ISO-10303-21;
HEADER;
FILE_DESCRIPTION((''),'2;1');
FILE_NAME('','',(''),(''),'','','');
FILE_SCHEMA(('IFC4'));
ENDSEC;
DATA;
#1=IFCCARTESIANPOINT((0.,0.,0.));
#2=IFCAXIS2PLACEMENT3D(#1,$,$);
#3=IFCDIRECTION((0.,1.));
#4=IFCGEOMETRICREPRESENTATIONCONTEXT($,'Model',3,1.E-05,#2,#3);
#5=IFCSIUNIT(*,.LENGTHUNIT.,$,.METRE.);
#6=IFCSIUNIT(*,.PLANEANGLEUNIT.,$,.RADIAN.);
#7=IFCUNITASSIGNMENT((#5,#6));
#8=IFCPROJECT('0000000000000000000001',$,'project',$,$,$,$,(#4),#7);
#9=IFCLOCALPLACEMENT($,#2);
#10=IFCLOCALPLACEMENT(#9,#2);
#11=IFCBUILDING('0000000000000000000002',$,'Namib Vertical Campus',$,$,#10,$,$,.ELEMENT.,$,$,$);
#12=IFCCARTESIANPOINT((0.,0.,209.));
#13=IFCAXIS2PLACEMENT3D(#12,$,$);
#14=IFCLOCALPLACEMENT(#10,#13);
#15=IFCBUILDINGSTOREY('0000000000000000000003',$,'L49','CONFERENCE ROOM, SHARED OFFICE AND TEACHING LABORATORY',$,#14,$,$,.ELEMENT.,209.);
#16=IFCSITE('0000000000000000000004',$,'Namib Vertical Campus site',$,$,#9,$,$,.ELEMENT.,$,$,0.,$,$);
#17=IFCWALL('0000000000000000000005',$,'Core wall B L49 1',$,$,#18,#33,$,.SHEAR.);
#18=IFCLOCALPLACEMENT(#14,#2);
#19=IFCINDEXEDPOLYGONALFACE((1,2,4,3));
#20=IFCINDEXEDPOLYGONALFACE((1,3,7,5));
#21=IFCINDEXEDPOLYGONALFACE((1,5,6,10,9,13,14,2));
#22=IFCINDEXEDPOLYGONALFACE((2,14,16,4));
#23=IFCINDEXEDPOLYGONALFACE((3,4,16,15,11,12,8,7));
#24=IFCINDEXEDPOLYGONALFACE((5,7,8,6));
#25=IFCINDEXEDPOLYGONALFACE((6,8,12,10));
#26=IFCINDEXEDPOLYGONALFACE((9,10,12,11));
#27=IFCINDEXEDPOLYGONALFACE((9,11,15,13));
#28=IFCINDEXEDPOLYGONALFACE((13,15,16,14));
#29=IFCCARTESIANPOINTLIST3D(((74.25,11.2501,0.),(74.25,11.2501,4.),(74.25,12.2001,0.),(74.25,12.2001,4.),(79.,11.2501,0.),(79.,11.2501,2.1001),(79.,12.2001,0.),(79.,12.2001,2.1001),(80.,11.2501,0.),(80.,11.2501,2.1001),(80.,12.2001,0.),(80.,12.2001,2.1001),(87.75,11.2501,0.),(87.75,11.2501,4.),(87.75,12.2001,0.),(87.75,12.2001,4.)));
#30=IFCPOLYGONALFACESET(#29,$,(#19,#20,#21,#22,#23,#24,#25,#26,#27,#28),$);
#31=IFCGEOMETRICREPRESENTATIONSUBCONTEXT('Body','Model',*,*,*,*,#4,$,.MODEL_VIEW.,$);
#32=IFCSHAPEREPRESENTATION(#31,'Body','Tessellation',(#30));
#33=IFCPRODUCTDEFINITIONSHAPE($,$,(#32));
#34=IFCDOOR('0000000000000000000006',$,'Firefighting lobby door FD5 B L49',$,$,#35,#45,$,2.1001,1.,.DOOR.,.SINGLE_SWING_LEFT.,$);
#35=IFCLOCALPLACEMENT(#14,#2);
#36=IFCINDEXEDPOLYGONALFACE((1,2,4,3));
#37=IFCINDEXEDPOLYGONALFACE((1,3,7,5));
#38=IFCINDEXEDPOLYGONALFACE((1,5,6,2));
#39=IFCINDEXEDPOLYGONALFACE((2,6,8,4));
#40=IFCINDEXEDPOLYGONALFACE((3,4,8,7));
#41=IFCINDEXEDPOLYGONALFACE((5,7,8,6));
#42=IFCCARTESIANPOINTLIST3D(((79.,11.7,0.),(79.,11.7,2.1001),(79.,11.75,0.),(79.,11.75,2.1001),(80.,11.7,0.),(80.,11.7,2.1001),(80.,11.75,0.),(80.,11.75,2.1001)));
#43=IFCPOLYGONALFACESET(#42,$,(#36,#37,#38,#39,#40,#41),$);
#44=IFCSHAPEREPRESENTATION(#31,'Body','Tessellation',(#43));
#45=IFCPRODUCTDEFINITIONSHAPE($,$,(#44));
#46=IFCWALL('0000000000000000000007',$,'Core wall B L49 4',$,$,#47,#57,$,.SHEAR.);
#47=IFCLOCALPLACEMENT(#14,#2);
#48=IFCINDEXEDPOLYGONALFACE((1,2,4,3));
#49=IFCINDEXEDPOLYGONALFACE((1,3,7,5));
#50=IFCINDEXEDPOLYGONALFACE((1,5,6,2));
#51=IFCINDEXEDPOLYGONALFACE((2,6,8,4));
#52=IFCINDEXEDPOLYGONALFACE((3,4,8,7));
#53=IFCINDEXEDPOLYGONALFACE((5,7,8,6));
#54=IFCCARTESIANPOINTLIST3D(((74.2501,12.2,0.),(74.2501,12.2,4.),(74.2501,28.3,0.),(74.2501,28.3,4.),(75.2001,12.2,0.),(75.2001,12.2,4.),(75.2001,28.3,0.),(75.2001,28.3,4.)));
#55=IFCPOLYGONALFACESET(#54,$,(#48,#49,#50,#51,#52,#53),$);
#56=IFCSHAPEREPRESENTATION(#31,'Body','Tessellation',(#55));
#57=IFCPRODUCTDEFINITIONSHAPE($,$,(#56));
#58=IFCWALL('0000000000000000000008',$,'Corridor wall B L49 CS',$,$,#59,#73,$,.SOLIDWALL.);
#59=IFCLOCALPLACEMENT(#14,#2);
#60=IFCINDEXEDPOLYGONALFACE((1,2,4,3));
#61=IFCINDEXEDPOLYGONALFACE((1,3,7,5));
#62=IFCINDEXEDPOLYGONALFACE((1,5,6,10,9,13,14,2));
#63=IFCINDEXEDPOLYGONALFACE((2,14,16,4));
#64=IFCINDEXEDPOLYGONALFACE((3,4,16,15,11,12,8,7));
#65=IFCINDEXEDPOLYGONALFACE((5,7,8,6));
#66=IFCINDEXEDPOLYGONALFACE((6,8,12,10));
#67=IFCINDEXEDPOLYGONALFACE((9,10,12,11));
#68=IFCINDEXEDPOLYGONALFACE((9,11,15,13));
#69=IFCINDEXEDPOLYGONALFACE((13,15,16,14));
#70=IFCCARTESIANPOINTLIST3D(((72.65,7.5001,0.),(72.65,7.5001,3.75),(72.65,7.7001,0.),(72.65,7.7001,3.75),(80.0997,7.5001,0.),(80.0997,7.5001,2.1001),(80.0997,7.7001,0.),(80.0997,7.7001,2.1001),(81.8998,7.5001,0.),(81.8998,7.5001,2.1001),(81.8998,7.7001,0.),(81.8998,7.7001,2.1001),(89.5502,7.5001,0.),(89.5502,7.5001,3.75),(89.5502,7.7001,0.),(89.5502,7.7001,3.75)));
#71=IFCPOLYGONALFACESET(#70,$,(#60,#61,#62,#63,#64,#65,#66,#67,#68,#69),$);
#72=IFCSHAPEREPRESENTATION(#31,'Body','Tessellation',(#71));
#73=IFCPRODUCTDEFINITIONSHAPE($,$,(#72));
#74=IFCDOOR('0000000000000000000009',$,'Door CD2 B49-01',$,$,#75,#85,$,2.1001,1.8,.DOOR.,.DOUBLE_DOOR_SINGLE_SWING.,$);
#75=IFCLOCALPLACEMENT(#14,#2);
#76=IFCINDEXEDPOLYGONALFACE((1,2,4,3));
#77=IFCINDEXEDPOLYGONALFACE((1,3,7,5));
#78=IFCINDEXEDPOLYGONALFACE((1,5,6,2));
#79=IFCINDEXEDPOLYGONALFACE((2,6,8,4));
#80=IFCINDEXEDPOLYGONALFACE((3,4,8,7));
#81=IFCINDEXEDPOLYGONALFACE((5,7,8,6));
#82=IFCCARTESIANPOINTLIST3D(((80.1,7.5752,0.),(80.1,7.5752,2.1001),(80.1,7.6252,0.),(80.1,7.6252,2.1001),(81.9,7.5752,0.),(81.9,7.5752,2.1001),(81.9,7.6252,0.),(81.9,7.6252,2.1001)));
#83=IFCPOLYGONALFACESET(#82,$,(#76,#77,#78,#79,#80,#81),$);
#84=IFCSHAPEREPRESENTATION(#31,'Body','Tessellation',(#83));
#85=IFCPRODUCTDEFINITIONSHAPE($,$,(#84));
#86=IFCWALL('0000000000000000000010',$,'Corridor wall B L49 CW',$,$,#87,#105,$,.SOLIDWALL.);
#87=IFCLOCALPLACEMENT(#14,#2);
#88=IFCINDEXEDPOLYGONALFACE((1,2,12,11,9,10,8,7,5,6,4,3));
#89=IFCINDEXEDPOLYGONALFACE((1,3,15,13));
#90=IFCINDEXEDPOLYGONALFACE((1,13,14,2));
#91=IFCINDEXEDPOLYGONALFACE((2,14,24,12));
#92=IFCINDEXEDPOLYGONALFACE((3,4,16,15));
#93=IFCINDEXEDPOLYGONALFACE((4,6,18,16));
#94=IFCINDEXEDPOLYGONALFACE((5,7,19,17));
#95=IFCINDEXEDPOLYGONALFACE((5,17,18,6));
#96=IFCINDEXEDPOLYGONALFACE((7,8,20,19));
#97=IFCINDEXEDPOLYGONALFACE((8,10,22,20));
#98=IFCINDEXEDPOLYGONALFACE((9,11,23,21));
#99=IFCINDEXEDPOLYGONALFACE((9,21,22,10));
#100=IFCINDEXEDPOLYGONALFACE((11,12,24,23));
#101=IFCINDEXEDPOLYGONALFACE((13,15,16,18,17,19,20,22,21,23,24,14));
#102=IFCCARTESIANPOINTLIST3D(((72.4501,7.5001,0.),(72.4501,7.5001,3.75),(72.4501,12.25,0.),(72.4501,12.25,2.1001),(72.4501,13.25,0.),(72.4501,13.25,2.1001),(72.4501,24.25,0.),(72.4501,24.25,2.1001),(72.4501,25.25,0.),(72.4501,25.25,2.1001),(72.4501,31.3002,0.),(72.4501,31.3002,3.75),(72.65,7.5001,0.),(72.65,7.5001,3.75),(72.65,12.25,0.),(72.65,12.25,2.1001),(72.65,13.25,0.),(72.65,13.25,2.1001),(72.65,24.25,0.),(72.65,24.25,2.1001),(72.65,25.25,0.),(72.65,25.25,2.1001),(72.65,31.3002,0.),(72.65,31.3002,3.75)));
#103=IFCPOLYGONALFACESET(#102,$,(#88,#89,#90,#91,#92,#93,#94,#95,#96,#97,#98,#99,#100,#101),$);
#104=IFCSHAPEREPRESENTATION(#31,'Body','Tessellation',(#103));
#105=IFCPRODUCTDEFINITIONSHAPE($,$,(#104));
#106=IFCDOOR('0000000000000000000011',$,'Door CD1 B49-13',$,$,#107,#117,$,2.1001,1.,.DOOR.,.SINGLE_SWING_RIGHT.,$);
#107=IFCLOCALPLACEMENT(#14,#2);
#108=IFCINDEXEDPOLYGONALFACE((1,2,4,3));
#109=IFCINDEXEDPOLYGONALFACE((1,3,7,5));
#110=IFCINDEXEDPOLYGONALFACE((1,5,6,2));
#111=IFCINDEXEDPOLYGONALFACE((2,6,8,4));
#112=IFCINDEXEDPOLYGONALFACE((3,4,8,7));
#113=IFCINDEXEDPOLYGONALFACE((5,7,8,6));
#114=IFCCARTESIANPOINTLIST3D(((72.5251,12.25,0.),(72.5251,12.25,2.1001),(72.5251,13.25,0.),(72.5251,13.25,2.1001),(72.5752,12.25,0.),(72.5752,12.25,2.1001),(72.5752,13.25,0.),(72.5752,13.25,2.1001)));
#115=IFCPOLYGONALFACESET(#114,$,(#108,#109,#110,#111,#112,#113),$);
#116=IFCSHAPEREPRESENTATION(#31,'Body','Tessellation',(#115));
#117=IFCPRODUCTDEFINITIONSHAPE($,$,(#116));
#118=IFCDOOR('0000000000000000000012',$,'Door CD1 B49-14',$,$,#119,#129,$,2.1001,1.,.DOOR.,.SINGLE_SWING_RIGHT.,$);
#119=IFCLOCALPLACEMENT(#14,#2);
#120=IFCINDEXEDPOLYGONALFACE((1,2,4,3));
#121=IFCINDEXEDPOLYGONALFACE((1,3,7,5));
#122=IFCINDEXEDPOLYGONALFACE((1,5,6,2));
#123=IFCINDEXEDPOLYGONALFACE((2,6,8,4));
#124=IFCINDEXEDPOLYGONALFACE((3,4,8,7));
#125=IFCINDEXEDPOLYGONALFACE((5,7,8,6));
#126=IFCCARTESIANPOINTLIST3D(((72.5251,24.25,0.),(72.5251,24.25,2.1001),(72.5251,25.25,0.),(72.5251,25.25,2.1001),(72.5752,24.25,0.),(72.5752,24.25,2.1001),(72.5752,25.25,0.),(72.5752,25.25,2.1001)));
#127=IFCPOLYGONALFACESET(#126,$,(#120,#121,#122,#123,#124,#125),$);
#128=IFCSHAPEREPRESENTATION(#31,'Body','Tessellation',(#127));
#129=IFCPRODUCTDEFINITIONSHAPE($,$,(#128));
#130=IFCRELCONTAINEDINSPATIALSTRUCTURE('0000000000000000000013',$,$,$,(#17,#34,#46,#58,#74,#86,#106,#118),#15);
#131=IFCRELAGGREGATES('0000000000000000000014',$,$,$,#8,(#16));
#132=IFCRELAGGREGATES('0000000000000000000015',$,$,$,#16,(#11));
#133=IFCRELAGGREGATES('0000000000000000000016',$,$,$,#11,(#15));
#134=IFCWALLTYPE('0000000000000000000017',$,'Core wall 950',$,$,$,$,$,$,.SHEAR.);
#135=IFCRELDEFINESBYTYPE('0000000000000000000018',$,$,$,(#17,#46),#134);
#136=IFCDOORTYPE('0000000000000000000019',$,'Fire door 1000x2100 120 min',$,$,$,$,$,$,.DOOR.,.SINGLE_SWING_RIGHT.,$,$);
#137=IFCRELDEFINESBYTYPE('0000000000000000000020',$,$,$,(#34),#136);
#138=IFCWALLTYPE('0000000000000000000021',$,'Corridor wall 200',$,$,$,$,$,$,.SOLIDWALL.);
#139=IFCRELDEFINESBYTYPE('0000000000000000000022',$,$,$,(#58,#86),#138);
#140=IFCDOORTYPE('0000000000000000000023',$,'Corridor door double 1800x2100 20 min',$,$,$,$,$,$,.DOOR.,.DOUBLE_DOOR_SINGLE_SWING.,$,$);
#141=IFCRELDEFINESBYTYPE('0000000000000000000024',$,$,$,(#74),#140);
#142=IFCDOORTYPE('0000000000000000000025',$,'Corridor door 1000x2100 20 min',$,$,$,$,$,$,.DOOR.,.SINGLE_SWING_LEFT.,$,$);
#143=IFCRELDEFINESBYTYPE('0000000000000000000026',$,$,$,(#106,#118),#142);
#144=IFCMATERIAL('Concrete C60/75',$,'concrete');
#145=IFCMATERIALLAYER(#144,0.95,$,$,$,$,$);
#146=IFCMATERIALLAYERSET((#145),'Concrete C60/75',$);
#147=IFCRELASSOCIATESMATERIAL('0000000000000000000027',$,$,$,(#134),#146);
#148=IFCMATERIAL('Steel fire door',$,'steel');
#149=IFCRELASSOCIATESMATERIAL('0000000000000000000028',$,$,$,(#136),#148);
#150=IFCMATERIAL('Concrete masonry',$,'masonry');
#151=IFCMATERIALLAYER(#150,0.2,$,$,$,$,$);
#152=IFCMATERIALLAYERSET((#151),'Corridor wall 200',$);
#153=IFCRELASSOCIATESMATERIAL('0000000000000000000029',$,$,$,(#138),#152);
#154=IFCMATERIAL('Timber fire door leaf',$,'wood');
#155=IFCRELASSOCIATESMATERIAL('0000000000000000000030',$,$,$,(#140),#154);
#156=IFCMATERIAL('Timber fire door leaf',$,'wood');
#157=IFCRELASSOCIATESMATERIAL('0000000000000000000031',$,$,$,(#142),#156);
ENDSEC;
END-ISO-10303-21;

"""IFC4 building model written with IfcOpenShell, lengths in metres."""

from ifc_helpers import new_model, si_unit, direction, frame, frame_2d, origin, place, context, subcontext, project, spatial, rectangle, extrude, material, layer, layer_set, type_object, element, fill, save


model = new_model("IFC4")

# Units and contexts
model_context = context("Model", 3, precision=1e-05, world=origin(), true_north=direction((0.0, 1.0)))
body_context = subcontext(model_context, "Body", "Model", "MODEL_VIEW")
ifc_project = project(units=[si_unit("LENGTHUNIT", "METRE"), si_unit("PLANEANGLEUNIT", "RADIAN")], contexts=[model_context])

# Site, building, storey
site_placement = place(None, origin())
site = spatial("IfcSite", under=ifc_project, at=site_placement, Name="Namib Vertical Campus site", CompositionType="ELEMENT", RefElevation=0.0)
building_placement = place(site_placement, origin())
building = spatial("IfcBuilding", under=site, at=building_placement, Name="Namib Vertical Campus", CompositionType="ELEMENT")
storey_placement = place(building_placement, frame((0.0, 0.0, 209.0)))
storey = spatial("IfcBuildingStorey", under=building, at=storey_placement, Name="L49", Description="CONFERENCE ROOM, SHARED OFFICE AND TEACHING LABORATORY", CompositionType="ELEMENT", Elevation=209.0)

# Wall, opening, door
ifc_material_1 = material(Name="Concrete C60/75", Category="concrete")
ifc_layer_1 = layer(ifc_material_1, 0.95)
ifc_layer_set_1 = layer_set([ifc_layer_1], Name="Concrete C60/75")
wall_type_1 = type_object("IfcWallType", Name="Core wall 950", PredefinedType="SHEAR", material=ifc_layer_set_1)
wall_1_placement = place(storey_placement, frame((74.25, 11.7251, 0.0), z_axis=(0.0, 0.0, 1.0), x_axis=(1.0, 0.0, 0.0)))
wall_1 = element("IfcWall", 1, at=wall_1_placement, inside=storey, type_object=wall_type_1, Name="Core wall B L49 1", PredefinedType="SHEAR", context=body_context, shape_type="SweptSolid", body=[
    extrude(rectangle(XDim=13.5, YDim=0.95, at=frame_2d((6.75, 0.0))), origin(), (0.0, 0.0, 1.0), 4.0),
])
opening_1_placement = place(wall_1_placement, frame((4.75, 0.0, 0.0)))
opening_1 = element("IfcOpeningElement", 2, at=opening_1_placement, cuts=wall_1, PredefinedType="OPENING", context=body_context, shape_type="SweptSolid", body=[
    extrude(rectangle(XDim=1.0, YDim=2.1001, at=frame_2d((0.5, 1.05))), frame((0.0, 0.4849, 0.0), z_axis=(0.0, -1.0, 0.0), x_axis=(1.0, 0.0, 0.0)), (0.0, 0.0, 1.0), 0.97),
])
ifc_material_2 = material(Name="Steel fire door", Category="steel")
door_type_1 = type_object("IfcDoorType", Name="Fire door 1000x2100 120 min", OperationType="SINGLE_SWING_RIGHT", PredefinedType="DOOR", material=ifc_material_2)
door_1_placement = place(opening_1_placement, origin())
door_1 = element("IfcDoor", 3, at=door_1_placement, inside=storey, type_object=door_type_1, Name="Firefighting lobby door FD5 B L49", OperationType="SINGLE_SWING_LEFT", OverallHeight=2.1001, OverallWidth=1.0, PredefinedType="DOOR", context=body_context, shape_type="SweptSolid", body=[
    extrude(rectangle(XDim=1.0, YDim=2.1001, at=frame_2d((0.5, 1.05))), frame((0.0, 0.0249, 0.0), z_axis=(0.0, -1.0, 0.0), x_axis=(1.0, 0.0, 0.0)), (0.0, 0.0, 1.0), 0.05),
])
fill(opening_1, door_1)

# Wall
wall_2_placement = place(storey_placement, frame((74.7251, 28.3, 0.0), z_axis=(0.0, 0.0, 1.0), x_axis=(0.0, -1.0, 0.0)))
element("IfcWall", 4, at=wall_2_placement, inside=storey, type_object=wall_type_1, Name="Core wall B L49 4", PredefinedType="SHEAR", context=body_context, shape_type="SweptSolid", body=[
    extrude(rectangle(XDim=16.1001, YDim=0.95, at=frame_2d((8.05, 0.0))), origin(), (0.0, 0.0, 1.0), 4.0),
])

# Wall, opening, door
ifc_material_3 = material(Name="Concrete masonry", Category="masonry")
ifc_layer_2 = layer(ifc_material_3, 0.2)
ifc_layer_set_2 = layer_set([ifc_layer_2], Name="Corridor wall 200")
wall_type_2 = type_object("IfcWallType", Name="Corridor wall 200", PredefinedType="SOLIDWALL", material=ifc_layer_set_2)
wall_3_placement = place(storey_placement, frame((72.6499, 7.6001, 0.0), z_axis=(0.0, 0.0, 1.0), x_axis=(1.0, 0.0, 0.0)))
wall_3 = element("IfcWall", 5, at=wall_3_placement, inside=storey, type_object=wall_type_2, Name="Corridor wall B L49 CS", PredefinedType="SOLIDWALL", context=body_context, shape_type="SweptSolid", body=[
    extrude(rectangle(XDim=16.9001, YDim=0.2, at=frame_2d((8.4502, 0.0))), origin(), (0.0, 0.0, 1.0), 3.75),
])
opening_2_placement = place(wall_3_placement, frame((7.45, 0.0, 0.0)))
opening_2 = element("IfcOpeningElement", 6, at=opening_2_placement, cuts=wall_3, PredefinedType="OPENING", context=body_context, shape_type="SweptSolid", body=[
    extrude(rectangle(XDim=1.8, YDim=2.1001, at=frame_2d((0.8999, 1.05))), frame((0.0, 0.1099, 0.0), z_axis=(0.0, -1.0, 0.0), x_axis=(1.0, 0.0, 0.0)), (0.0, 0.0, 1.0), 0.22),
])
ifc_material_4 = material(Name="Timber fire door leaf", Category="wood")
door_type_2 = type_object("IfcDoorType", Name="Corridor door double 1800x2100 20 min", OperationType="DOUBLE_DOOR_SINGLE_SWING", PredefinedType="DOOR", material=ifc_material_4)
door_2_placement = place(opening_2_placement, frame((1.8, 0.0, 0.0), z_axis=(0.0, 0.0, 1.0), x_axis=(-1.0, 0.0, 0.0)))
door_2 = element("IfcDoor", 7, at=door_2_placement, inside=storey, type_object=door_type_2, Name="Door CD2 B49-01", OperationType="DOUBLE_DOOR_SINGLE_SWING", OverallHeight=2.1001, OverallWidth=1.8, PredefinedType="DOOR", context=body_context, shape_type="SweptSolid", body=[
    extrude(rectangle(XDim=1.8, YDim=2.1001, at=frame_2d((0.8999, 1.05))), frame((0.0, 0.0249, 0.0), z_axis=(0.0, -1.0, 0.0), x_axis=(1.0, 0.0, 0.0)), (0.0, 0.0, 1.0), 0.05),
])
fill(opening_2, door_2)

# Wall, openings, doors
wall_4_placement = place(storey_placement, frame((72.55, 31.3, 0.0), z_axis=(0.0, 0.0, 1.0), x_axis=(0.0, -1.0, 0.0)))
wall_4 = element("IfcWall", 8, at=wall_4_placement, inside=storey, type_object=wall_type_2, Name="Corridor wall B L49 CW", PredefinedType="SOLIDWALL", context=body_context, shape_type="SweptSolid", body=[
    extrude(rectangle(XDim=23.8, YDim=0.2, at=frame_2d((11.8999, 0.0))), origin(), (0.0, 0.0, 1.0), 3.75),
])
opening_3_placement = place(wall_4_placement, frame((18.05, 0.0, 0.0)))
opening_3 = element("IfcOpeningElement", 9, at=opening_3_placement, cuts=wall_4, PredefinedType="OPENING", context=body_context, shape_type="SweptSolid", body=[
    extrude(rectangle(XDim=1.0, YDim=2.1001, at=frame_2d((0.5, 1.05))), frame((0.0, 0.1099, 0.0), z_axis=(0.0, -1.0, 0.0), x_axis=(1.0, 0.0, 0.0)), (0.0, 0.0, 1.0), 0.22),
])
opening_4_placement = place(wall_4_placement, frame((6.05, 0.0, 0.0)))
opening_4 = element("IfcOpeningElement", 10, at=opening_4_placement, cuts=wall_4, PredefinedType="OPENING", context=body_context, shape_type="SweptSolid", body=[
    extrude(rectangle(XDim=1.0, YDim=2.1001, at=frame_2d((0.5, 1.05))), frame((0.0, 0.1099, 0.0), z_axis=(0.0, -1.0, 0.0), x_axis=(1.0, 0.0, 0.0)), (0.0, 0.0, 1.0), 0.22),
])
ifc_material_5 = material(Name="Timber fire door leaf", Category="wood")
door_type_3 = type_object("IfcDoorType", Name="Corridor door 1000x2100 20 min", OperationType="SINGLE_SWING_LEFT", PredefinedType="DOOR", material=ifc_material_5)
door_3_placement = place(opening_3_placement, frame((1.0, 0.0, 0.0), z_axis=(0.0, 0.0, 1.0), x_axis=(-1.0, 0.0, 0.0)))
door_3 = element("IfcDoor", 11, at=door_3_placement, inside=storey, type_object=door_type_3, Name="Door CD1 B49-13", OperationType="SINGLE_SWING_RIGHT", OverallHeight=2.1001, OverallWidth=1.0, PredefinedType="DOOR", context=body_context, shape_type="SweptSolid", body=[
    extrude(rectangle(XDim=1.0, YDim=2.1001, at=frame_2d((0.5, 1.05))), frame((0.0, 0.0249, 0.0), z_axis=(0.0, -1.0, 0.0), x_axis=(1.0, 0.0, 0.0)), (0.0, 0.0, 1.0), 0.05),
])
fill(opening_3, door_3)
door_4_placement = place(opening_4_placement, frame((1.0, 0.0, 0.0), z_axis=(0.0, 0.0, 1.0), x_axis=(-1.0, 0.0, 0.0)))
door_4 = element("IfcDoor", 12, at=door_4_placement, inside=storey, type_object=door_type_3, Name="Door CD1 B49-14", OperationType="SINGLE_SWING_RIGHT", OverallHeight=2.1001, OverallWidth=1.0, PredefinedType="DOOR", context=body_context, shape_type="SweptSolid", body=[
    extrude(rectangle(XDim=1.0, YDim=2.1001, at=frame_2d((0.5, 1.05))), frame((0.0, 0.0249, 0.0), z_axis=(0.0, -1.0, 0.0), x_axis=(1.0, 0.0, 0.0)), (0.0, 0.0, 1.0), 0.05),
])
fill(opening_4, door_4)

save(model, "model.ifc")
